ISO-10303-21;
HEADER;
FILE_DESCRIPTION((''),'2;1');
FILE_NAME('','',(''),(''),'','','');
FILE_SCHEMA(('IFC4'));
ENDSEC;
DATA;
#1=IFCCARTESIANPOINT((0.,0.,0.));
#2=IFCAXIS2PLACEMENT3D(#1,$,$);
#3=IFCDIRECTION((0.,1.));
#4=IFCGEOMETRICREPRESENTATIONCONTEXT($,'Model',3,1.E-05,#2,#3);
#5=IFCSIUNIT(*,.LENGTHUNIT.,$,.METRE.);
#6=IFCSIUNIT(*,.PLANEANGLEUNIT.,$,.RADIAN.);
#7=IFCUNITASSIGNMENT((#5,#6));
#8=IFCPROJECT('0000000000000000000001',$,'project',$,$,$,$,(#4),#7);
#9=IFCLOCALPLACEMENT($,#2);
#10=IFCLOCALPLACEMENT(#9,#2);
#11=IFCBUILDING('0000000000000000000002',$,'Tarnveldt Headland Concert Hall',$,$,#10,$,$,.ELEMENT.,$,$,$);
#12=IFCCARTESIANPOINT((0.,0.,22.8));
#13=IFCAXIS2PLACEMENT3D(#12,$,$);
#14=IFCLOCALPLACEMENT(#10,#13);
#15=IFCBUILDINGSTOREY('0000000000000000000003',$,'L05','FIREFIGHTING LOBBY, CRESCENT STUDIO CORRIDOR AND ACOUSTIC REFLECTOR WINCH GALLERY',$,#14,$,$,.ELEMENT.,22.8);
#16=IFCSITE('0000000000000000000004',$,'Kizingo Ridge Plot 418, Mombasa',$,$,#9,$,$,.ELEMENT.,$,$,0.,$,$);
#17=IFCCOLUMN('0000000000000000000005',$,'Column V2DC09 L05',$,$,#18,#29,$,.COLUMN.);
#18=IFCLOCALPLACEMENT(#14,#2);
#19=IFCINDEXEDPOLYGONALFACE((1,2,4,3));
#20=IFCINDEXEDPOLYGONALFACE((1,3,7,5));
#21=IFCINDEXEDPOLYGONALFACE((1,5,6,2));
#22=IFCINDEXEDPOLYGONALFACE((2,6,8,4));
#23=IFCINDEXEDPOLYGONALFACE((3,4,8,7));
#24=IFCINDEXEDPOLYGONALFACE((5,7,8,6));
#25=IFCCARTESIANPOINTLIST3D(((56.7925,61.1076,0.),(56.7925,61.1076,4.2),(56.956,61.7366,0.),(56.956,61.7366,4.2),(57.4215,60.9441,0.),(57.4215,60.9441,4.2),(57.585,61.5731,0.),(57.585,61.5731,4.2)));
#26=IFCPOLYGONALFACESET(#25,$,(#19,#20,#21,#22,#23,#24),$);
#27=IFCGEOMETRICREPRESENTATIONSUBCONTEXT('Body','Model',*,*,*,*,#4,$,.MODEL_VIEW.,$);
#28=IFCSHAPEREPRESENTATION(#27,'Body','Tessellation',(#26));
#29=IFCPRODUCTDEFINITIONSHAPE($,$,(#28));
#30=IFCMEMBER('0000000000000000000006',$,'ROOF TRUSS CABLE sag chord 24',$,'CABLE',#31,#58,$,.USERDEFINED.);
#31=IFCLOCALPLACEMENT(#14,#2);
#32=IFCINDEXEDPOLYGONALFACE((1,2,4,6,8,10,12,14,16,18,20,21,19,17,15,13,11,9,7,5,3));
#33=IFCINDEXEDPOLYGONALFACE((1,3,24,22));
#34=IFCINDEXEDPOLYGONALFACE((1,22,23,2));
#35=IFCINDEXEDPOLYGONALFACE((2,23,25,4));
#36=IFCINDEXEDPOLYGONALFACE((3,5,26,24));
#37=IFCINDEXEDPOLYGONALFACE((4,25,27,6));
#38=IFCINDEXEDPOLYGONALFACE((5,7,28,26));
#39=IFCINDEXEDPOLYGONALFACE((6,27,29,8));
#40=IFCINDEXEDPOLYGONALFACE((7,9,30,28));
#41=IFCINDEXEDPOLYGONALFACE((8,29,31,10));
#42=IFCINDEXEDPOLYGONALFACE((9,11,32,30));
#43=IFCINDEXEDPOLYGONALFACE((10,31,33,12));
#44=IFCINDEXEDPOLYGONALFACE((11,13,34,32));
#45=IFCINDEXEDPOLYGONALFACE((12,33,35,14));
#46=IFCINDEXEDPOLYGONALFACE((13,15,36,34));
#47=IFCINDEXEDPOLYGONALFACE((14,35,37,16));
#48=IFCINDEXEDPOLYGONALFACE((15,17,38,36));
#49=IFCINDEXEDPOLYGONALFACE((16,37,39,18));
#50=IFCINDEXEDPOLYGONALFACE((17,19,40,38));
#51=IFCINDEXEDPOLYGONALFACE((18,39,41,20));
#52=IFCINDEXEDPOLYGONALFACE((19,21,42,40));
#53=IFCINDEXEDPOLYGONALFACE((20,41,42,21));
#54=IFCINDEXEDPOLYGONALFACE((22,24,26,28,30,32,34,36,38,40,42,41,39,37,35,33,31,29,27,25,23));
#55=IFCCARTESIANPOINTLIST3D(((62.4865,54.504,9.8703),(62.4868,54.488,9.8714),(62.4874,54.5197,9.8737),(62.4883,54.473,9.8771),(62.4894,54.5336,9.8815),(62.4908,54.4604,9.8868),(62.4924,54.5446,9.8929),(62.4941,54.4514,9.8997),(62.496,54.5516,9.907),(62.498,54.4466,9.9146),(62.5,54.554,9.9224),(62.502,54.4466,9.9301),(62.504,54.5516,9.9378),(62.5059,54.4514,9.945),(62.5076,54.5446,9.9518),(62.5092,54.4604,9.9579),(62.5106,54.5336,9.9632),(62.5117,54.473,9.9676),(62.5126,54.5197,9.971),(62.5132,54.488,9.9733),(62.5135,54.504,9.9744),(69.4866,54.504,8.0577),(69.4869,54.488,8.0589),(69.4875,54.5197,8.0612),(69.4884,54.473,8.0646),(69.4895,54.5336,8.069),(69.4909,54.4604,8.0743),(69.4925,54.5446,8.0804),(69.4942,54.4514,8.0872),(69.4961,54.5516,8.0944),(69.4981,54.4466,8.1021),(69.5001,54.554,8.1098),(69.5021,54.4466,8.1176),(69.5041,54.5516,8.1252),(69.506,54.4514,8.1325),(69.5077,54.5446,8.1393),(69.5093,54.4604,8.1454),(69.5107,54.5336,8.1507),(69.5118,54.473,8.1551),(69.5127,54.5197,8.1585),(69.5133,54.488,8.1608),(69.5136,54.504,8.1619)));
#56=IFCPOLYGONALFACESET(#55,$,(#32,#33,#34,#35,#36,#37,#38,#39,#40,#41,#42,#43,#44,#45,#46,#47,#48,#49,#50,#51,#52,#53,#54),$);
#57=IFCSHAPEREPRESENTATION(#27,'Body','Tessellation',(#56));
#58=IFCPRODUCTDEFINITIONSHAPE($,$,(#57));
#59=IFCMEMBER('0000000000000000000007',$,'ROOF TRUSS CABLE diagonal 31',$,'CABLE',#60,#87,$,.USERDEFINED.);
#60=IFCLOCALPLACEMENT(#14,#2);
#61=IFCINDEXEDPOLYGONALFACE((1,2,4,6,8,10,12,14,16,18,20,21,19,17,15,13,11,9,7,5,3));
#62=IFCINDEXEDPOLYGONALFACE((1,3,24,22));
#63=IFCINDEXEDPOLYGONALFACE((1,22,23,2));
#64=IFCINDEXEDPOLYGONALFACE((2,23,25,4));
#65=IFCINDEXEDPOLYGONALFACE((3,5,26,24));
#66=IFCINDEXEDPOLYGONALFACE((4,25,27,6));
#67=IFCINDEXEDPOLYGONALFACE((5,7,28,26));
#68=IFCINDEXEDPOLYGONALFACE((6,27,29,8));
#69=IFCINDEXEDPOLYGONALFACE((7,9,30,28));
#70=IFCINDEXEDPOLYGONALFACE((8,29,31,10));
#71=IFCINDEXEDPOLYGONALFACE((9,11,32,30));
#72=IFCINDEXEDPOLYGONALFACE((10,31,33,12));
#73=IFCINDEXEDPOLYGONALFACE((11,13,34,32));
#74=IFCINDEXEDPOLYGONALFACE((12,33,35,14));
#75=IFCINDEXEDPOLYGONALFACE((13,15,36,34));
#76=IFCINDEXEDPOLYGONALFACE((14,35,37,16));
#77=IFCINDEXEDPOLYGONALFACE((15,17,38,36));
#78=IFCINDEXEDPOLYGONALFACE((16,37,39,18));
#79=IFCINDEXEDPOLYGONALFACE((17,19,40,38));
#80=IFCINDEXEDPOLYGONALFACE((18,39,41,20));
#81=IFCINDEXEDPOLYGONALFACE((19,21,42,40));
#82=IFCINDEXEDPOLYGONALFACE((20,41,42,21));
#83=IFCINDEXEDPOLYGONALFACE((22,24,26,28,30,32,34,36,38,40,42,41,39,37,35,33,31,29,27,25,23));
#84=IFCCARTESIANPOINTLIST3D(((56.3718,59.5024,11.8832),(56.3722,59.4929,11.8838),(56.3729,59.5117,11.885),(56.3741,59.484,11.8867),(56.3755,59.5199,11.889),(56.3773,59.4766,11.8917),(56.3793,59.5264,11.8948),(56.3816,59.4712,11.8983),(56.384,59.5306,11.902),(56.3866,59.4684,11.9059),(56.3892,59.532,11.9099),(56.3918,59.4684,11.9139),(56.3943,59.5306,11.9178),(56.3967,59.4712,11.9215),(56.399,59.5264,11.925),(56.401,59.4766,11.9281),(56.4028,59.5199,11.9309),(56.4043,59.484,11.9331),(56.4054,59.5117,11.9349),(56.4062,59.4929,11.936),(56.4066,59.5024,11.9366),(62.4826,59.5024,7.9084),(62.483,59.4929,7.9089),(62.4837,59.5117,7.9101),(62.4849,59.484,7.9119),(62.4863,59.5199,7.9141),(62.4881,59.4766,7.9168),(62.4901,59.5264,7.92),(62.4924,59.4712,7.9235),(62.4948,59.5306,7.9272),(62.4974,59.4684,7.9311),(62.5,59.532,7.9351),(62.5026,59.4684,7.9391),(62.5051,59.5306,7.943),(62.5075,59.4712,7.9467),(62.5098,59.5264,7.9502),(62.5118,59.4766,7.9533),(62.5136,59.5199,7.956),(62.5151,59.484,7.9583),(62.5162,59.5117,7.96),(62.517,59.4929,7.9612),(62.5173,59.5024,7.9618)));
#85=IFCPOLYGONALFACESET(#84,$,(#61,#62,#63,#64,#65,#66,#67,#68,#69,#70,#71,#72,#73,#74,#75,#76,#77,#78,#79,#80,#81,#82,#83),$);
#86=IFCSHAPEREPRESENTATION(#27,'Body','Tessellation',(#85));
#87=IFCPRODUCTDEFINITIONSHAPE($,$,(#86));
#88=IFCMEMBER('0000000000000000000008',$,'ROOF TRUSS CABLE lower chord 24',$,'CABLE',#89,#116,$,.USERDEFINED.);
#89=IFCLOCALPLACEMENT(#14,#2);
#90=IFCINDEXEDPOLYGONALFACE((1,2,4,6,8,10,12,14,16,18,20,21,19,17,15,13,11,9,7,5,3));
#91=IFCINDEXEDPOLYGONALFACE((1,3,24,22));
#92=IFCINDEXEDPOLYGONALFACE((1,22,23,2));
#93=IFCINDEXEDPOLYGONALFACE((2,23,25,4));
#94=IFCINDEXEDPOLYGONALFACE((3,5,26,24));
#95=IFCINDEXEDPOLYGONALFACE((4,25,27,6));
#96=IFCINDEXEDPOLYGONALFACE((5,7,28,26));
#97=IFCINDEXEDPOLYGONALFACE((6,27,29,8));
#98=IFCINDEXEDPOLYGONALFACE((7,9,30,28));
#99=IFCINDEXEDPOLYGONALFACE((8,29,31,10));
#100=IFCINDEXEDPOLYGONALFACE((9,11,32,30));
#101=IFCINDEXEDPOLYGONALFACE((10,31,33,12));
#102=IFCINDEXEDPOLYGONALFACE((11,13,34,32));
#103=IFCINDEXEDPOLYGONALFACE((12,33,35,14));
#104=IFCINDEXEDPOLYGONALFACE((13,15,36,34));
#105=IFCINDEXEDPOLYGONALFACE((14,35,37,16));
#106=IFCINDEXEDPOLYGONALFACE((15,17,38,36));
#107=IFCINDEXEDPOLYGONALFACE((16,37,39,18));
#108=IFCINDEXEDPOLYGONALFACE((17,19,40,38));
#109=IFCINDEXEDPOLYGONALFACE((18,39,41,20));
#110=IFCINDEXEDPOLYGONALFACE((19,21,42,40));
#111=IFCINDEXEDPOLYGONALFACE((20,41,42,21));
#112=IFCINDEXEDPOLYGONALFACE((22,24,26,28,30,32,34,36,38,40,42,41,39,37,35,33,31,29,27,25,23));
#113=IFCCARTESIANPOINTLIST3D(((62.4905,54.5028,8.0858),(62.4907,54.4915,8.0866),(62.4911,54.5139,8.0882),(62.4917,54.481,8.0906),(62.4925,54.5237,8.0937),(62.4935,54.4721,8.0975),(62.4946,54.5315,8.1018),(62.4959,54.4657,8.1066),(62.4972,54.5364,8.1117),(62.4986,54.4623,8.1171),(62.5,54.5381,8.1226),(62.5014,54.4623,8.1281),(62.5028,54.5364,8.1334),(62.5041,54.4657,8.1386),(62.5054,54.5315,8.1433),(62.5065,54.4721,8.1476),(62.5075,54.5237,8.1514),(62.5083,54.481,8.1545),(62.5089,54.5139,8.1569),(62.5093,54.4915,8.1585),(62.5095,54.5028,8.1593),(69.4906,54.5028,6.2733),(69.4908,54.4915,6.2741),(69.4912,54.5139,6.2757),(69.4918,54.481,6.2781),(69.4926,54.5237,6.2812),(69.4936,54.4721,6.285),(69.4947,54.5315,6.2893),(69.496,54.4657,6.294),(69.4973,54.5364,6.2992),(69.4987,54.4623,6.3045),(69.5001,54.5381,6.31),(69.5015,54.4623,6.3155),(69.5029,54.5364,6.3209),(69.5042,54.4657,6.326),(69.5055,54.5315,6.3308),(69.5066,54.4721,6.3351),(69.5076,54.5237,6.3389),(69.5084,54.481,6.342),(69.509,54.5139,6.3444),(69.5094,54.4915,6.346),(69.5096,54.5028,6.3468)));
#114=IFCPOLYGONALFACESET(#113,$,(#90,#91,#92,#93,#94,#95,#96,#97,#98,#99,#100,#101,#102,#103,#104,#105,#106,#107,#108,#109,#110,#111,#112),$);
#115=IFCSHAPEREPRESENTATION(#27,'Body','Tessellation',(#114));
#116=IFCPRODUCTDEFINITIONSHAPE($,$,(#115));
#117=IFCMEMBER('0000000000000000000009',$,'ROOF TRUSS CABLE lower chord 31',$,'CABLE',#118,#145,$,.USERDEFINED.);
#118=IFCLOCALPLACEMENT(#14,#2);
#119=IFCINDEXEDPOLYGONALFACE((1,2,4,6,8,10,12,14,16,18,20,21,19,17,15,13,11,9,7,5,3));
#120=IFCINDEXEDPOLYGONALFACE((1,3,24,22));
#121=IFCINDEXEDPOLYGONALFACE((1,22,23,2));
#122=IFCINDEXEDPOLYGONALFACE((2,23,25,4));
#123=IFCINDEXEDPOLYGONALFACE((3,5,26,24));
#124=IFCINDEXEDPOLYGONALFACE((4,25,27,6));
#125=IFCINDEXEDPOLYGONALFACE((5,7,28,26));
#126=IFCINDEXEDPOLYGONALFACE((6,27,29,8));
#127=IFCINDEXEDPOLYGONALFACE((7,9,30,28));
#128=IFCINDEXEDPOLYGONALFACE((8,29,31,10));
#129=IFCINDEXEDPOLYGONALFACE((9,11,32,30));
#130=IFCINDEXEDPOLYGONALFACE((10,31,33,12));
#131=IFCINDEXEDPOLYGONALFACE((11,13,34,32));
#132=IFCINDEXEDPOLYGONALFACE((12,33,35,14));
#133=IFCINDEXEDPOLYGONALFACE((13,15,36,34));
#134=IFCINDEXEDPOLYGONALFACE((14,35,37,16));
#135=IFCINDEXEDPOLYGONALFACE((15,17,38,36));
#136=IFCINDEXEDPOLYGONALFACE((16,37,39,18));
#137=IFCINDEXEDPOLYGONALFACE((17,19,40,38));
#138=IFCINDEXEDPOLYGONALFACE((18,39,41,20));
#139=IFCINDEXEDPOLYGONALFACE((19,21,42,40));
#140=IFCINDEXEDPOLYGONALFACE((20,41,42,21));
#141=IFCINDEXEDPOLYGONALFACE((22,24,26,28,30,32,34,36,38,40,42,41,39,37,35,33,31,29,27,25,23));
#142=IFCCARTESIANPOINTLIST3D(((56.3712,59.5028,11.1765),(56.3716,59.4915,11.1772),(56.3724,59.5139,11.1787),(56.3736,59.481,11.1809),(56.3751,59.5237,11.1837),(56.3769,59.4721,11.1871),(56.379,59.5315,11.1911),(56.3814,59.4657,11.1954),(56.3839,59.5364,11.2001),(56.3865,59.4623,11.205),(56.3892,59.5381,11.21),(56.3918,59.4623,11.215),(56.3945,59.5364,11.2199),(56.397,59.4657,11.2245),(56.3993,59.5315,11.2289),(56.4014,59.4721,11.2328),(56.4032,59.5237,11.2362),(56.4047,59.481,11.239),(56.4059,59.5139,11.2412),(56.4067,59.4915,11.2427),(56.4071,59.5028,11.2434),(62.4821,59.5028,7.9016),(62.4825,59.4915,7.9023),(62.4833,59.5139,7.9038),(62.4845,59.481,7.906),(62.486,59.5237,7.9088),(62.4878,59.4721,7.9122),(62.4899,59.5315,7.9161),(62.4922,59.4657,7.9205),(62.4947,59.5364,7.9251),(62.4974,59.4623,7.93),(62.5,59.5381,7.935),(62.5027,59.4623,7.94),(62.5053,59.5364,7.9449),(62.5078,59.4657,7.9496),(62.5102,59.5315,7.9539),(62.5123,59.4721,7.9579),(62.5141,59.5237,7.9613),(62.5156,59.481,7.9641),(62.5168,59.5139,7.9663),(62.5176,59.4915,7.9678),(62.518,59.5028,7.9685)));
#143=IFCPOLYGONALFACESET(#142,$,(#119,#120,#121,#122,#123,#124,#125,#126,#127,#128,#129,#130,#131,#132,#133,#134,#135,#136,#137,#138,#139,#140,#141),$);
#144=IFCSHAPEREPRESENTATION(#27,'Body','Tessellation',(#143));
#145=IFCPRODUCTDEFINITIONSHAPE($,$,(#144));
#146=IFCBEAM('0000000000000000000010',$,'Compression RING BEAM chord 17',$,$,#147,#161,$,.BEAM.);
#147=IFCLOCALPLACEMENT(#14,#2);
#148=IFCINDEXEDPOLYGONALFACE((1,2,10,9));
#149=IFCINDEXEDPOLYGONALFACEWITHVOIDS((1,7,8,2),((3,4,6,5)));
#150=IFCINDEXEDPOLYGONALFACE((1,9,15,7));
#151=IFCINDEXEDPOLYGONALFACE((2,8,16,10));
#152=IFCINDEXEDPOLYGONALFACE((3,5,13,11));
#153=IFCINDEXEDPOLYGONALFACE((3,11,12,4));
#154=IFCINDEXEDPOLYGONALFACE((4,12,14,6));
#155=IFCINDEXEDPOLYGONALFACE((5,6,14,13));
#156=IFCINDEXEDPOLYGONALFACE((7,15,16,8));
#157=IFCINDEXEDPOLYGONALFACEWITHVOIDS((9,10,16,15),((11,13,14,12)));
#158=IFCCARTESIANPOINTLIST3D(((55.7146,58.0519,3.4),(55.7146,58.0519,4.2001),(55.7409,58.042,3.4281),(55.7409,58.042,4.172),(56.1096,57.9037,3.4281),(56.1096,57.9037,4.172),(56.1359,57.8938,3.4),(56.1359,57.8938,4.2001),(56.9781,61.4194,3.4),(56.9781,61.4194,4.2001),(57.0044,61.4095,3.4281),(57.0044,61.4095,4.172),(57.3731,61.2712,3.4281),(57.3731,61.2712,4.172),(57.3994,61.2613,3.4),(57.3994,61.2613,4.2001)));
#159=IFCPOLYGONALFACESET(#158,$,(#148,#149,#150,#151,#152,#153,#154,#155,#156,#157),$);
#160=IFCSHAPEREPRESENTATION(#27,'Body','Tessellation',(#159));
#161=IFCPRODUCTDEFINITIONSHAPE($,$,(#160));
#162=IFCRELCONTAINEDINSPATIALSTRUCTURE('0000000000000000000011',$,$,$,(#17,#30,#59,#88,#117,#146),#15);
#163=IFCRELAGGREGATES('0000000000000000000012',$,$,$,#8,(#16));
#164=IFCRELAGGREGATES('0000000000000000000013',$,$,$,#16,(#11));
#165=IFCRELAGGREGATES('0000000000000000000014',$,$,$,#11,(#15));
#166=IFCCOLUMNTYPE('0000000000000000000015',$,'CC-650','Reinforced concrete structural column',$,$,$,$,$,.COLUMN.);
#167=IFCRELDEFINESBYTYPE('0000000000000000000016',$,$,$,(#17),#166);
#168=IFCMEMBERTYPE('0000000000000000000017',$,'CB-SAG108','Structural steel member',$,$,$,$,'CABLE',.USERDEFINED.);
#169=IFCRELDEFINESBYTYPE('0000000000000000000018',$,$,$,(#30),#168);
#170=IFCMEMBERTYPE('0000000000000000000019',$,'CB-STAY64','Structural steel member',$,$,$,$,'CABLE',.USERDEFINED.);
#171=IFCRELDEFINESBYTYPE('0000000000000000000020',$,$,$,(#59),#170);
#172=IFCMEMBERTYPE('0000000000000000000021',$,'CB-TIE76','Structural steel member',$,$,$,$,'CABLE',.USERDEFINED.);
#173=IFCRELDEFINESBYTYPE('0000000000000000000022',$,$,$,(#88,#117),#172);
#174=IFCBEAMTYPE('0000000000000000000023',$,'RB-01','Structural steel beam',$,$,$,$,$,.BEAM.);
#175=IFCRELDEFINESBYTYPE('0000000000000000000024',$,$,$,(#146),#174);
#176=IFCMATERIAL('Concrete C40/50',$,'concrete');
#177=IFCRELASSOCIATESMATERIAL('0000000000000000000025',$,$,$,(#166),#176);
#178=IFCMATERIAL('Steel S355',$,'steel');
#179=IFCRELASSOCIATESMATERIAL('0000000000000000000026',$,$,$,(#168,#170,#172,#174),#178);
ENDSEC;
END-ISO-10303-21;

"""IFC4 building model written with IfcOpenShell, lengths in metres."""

from ifc_helpers import new_model, si_unit, direction, frame, origin, origin_2d, place, context, subcontext, project, spatial, rectangle, hollow_rectangle, circle, extrude, material, material_profile, profile_set, type_object, element, save


model = new_model("IFC4")

# Units and contexts
model_context = context("Model", 3, precision=1e-05, world=origin(), true_north=direction((0.0, 1.0)))
body_context = subcontext(model_context, "Body", "Model", "MODEL_VIEW")
ifc_project = project(units=[si_unit("LENGTHUNIT", "METRE"), si_unit("PLANEANGLEUNIT", "RADIAN")], contexts=[model_context])

# Site, building, storey
site_placement = place(None, origin())
site = spatial("IfcSite", under=ifc_project, at=site_placement, Name="Kizingo Ridge Plot 418, Mombasa", CompositionType="ELEMENT", RefElevation=0.0)
building_placement = place(site_placement, origin())
building = spatial("IfcBuilding", under=site, at=building_placement, Name="Tarnveldt Headland Concert Hall", CompositionType="ELEMENT")
storey_placement = place(building_placement, frame((0.0, 0.0, 22.8)))
storey = spatial("IfcBuildingStorey", under=building, at=storey_placement, Name="L05", Description="FIREFIGHTING LOBBY, CRESCENT STUDIO CORRIDOR AND ACOUSTIC REFLECTOR WINCH GALLERY", CompositionType="ELEMENT", Elevation=22.8)

# Column
ifc_material_1 = material(Name="Concrete C40/50", Category="concrete")
ifc_material_profile_1 = material_profile(ifc_material_1, rectangle(XDim=0.6499, YDim=0.6499, at=origin_2d()), Name="RC 650x650", Category="concrete")
ifc_profile_set_1 = profile_set([ifc_material_profile_1], Name="Concrete C40/50")
column_type = type_object("IfcColumnType", Name="CC-650", Description="Reinforced concrete structural column", PredefinedType="COLUMN", material=ifc_profile_set_1)
column_placement = place(storey_placement, frame((57.1887, 61.3403, 0.0), z_axis=(0.0, 0.0, 1.0), x_axis=(-0.967841, 0.251563, 0.0)))
element("IfcColumn", 1, at=column_placement, inside=storey, type_object=column_type, Name="Column V2DC09 L05", PredefinedType="COLUMN", context=body_context, shape_type="SweptSolid", body=[
    extrude(rectangle(XDim=0.6499, YDim=0.6499, at=origin_2d()), origin(), (0.0, 0.0, 1.0), 4.2),
])

# Members
ifc_material_2 = material(Name="Steel S355", Category="steel")
ifc_material_profile_2 = material_profile(ifc_material_2, circle(Radius=0.054, at=origin_2d()), Name="LC D108", Category="steel")
ifc_profile_set_2 = profile_set([ifc_material_profile_2], Name="Steel S355")
member_type_1 = type_object("IfcMemberType", Name="CB-SAG108", Description="Structural steel member", ElementType="CABLE", PredefinedType="USERDEFINED", material=ifc_profile_set_2)
member_1_placement = place(storey_placement, frame((62.5, 54.5, 9.9224), z_axis=(0.968075, 0.0, -0.250662), x_axis=(0.0, 1.0, 0.0)))
element("IfcMember", 2, at=member_1_placement, inside=storey, type_object=member_type_1, Name="ROOF TRUSS CABLE sag chord 24", ObjectType="CABLE", PredefinedType="USERDEFINED", context=body_context, shape_type="SweptSolid", body=[
    extrude(circle(Radius=0.054, at=origin_2d()), origin(), (0.0, 0.0, 1.0), 7.231),
])
ifc_material_profile_3 = material_profile(ifc_material_2, circle(Radius=0.032, at=origin_2d()), Name="LC D64", Category="steel")
ifc_profile_set_3 = profile_set([ifc_material_profile_3], Name="Steel S355")
member_type_2 = type_object("IfcMemberType", Name="CB-STAY64", Description="Structural steel member", ElementType="CABLE", PredefinedType="USERDEFINED", material=ifc_profile_set_3)
member_2_placement = place(storey_placement, frame((56.3892, 59.5, 11.9099), z_axis=(0.838268, 0.0, -0.545259), x_axis=(0.0, 1.0, 0.0)))
element("IfcMember", 3, at=member_2_placement, inside=storey, type_object=member_type_2, Name="ROOF TRUSS CABLE diagonal 31", ObjectType="CABLE", PredefinedType="USERDEFINED", context=body_context, shape_type="SweptSolid", body=[
    extrude(circle(Radius=0.032, at=origin_2d()), origin(), (0.0, 0.0, 1.0), 7.2898),
])
ifc_material_profile_4 = material_profile(ifc_material_2, circle(Radius=0.0381, at=origin_2d()), Name="LC D76", Category="steel")
ifc_profile_set_4 = profile_set([ifc_material_profile_4], Name="Steel S355")
member_type_3 = type_object("IfcMemberType", Name="CB-TIE76", Description="Structural steel member", ElementType="CABLE", PredefinedType="USERDEFINED", material=ifc_profile_set_4)
member_3_placement = place(storey_placement, frame((62.5, 54.5, 8.1226), z_axis=(0.968075, 0.0, -0.250662), x_axis=(0.0, 1.0, 0.0)))
element("IfcMember", 4, at=member_3_placement, inside=storey, type_object=member_type_3, Name="ROOF TRUSS CABLE lower chord 24", ObjectType="CABLE", PredefinedType="USERDEFINED", context=body_context, shape_type="SweptSolid", body=[
    extrude(circle(Radius=0.0381, at=origin_2d()), origin(), (0.0, 0.0, 1.0), 7.231),
])
member_4_placement = place(storey_placement, frame((56.3892, 59.5, 11.21), z_axis=(0.881406, 0.0, -0.47236), x_axis=(0.0, 1.0, 0.0)))
element("IfcMember", 5, at=member_4_placement, inside=storey, type_object=member_type_3, Name="ROOF TRUSS CABLE lower chord 31", ObjectType="CABLE", PredefinedType="USERDEFINED", context=body_context, shape_type="SweptSolid", body=[
    extrude(circle(Radius=0.0381, at=origin_2d()), origin(), (0.0, 0.0, 1.0), 6.9331),
])

# Beam
ifc_material_profile_5 = material_profile(ifc_material_2, hollow_rectangle(XDim=0.45, YDim=0.8, WallThickness=0.0281, at=origin_2d()), Name="RHS 800x450x28", Category="steel")
ifc_profile_set_5 = profile_set([ifc_material_profile_5], Name="Steel S355")
beam_type = type_object("IfcBeamType", Name="RB-01", Description="Structural steel beam", PredefinedType="BEAM", material=ifc_profile_set_5)
beam_placement = place(storey_placement, frame((57.1887, 61.3403, 3.8), z_axis=(-0.35128, -0.936271, 0.0), x_axis=(0.936271, -0.35128, 0.0)))
element("IfcBeam", 6, at=beam_placement, inside=storey, type_object=beam_type, Name="Compression RING BEAM chord 17", PredefinedType="BEAM", context=body_context, shape_type="SweptSolid", body=[
    extrude(hollow_rectangle(XDim=0.45, YDim=0.8, WallThickness=0.0281, at=origin_2d()), origin(), (0.0, 0.0, 1.0), 3.5967),
])

save(model, "model.ifc")
